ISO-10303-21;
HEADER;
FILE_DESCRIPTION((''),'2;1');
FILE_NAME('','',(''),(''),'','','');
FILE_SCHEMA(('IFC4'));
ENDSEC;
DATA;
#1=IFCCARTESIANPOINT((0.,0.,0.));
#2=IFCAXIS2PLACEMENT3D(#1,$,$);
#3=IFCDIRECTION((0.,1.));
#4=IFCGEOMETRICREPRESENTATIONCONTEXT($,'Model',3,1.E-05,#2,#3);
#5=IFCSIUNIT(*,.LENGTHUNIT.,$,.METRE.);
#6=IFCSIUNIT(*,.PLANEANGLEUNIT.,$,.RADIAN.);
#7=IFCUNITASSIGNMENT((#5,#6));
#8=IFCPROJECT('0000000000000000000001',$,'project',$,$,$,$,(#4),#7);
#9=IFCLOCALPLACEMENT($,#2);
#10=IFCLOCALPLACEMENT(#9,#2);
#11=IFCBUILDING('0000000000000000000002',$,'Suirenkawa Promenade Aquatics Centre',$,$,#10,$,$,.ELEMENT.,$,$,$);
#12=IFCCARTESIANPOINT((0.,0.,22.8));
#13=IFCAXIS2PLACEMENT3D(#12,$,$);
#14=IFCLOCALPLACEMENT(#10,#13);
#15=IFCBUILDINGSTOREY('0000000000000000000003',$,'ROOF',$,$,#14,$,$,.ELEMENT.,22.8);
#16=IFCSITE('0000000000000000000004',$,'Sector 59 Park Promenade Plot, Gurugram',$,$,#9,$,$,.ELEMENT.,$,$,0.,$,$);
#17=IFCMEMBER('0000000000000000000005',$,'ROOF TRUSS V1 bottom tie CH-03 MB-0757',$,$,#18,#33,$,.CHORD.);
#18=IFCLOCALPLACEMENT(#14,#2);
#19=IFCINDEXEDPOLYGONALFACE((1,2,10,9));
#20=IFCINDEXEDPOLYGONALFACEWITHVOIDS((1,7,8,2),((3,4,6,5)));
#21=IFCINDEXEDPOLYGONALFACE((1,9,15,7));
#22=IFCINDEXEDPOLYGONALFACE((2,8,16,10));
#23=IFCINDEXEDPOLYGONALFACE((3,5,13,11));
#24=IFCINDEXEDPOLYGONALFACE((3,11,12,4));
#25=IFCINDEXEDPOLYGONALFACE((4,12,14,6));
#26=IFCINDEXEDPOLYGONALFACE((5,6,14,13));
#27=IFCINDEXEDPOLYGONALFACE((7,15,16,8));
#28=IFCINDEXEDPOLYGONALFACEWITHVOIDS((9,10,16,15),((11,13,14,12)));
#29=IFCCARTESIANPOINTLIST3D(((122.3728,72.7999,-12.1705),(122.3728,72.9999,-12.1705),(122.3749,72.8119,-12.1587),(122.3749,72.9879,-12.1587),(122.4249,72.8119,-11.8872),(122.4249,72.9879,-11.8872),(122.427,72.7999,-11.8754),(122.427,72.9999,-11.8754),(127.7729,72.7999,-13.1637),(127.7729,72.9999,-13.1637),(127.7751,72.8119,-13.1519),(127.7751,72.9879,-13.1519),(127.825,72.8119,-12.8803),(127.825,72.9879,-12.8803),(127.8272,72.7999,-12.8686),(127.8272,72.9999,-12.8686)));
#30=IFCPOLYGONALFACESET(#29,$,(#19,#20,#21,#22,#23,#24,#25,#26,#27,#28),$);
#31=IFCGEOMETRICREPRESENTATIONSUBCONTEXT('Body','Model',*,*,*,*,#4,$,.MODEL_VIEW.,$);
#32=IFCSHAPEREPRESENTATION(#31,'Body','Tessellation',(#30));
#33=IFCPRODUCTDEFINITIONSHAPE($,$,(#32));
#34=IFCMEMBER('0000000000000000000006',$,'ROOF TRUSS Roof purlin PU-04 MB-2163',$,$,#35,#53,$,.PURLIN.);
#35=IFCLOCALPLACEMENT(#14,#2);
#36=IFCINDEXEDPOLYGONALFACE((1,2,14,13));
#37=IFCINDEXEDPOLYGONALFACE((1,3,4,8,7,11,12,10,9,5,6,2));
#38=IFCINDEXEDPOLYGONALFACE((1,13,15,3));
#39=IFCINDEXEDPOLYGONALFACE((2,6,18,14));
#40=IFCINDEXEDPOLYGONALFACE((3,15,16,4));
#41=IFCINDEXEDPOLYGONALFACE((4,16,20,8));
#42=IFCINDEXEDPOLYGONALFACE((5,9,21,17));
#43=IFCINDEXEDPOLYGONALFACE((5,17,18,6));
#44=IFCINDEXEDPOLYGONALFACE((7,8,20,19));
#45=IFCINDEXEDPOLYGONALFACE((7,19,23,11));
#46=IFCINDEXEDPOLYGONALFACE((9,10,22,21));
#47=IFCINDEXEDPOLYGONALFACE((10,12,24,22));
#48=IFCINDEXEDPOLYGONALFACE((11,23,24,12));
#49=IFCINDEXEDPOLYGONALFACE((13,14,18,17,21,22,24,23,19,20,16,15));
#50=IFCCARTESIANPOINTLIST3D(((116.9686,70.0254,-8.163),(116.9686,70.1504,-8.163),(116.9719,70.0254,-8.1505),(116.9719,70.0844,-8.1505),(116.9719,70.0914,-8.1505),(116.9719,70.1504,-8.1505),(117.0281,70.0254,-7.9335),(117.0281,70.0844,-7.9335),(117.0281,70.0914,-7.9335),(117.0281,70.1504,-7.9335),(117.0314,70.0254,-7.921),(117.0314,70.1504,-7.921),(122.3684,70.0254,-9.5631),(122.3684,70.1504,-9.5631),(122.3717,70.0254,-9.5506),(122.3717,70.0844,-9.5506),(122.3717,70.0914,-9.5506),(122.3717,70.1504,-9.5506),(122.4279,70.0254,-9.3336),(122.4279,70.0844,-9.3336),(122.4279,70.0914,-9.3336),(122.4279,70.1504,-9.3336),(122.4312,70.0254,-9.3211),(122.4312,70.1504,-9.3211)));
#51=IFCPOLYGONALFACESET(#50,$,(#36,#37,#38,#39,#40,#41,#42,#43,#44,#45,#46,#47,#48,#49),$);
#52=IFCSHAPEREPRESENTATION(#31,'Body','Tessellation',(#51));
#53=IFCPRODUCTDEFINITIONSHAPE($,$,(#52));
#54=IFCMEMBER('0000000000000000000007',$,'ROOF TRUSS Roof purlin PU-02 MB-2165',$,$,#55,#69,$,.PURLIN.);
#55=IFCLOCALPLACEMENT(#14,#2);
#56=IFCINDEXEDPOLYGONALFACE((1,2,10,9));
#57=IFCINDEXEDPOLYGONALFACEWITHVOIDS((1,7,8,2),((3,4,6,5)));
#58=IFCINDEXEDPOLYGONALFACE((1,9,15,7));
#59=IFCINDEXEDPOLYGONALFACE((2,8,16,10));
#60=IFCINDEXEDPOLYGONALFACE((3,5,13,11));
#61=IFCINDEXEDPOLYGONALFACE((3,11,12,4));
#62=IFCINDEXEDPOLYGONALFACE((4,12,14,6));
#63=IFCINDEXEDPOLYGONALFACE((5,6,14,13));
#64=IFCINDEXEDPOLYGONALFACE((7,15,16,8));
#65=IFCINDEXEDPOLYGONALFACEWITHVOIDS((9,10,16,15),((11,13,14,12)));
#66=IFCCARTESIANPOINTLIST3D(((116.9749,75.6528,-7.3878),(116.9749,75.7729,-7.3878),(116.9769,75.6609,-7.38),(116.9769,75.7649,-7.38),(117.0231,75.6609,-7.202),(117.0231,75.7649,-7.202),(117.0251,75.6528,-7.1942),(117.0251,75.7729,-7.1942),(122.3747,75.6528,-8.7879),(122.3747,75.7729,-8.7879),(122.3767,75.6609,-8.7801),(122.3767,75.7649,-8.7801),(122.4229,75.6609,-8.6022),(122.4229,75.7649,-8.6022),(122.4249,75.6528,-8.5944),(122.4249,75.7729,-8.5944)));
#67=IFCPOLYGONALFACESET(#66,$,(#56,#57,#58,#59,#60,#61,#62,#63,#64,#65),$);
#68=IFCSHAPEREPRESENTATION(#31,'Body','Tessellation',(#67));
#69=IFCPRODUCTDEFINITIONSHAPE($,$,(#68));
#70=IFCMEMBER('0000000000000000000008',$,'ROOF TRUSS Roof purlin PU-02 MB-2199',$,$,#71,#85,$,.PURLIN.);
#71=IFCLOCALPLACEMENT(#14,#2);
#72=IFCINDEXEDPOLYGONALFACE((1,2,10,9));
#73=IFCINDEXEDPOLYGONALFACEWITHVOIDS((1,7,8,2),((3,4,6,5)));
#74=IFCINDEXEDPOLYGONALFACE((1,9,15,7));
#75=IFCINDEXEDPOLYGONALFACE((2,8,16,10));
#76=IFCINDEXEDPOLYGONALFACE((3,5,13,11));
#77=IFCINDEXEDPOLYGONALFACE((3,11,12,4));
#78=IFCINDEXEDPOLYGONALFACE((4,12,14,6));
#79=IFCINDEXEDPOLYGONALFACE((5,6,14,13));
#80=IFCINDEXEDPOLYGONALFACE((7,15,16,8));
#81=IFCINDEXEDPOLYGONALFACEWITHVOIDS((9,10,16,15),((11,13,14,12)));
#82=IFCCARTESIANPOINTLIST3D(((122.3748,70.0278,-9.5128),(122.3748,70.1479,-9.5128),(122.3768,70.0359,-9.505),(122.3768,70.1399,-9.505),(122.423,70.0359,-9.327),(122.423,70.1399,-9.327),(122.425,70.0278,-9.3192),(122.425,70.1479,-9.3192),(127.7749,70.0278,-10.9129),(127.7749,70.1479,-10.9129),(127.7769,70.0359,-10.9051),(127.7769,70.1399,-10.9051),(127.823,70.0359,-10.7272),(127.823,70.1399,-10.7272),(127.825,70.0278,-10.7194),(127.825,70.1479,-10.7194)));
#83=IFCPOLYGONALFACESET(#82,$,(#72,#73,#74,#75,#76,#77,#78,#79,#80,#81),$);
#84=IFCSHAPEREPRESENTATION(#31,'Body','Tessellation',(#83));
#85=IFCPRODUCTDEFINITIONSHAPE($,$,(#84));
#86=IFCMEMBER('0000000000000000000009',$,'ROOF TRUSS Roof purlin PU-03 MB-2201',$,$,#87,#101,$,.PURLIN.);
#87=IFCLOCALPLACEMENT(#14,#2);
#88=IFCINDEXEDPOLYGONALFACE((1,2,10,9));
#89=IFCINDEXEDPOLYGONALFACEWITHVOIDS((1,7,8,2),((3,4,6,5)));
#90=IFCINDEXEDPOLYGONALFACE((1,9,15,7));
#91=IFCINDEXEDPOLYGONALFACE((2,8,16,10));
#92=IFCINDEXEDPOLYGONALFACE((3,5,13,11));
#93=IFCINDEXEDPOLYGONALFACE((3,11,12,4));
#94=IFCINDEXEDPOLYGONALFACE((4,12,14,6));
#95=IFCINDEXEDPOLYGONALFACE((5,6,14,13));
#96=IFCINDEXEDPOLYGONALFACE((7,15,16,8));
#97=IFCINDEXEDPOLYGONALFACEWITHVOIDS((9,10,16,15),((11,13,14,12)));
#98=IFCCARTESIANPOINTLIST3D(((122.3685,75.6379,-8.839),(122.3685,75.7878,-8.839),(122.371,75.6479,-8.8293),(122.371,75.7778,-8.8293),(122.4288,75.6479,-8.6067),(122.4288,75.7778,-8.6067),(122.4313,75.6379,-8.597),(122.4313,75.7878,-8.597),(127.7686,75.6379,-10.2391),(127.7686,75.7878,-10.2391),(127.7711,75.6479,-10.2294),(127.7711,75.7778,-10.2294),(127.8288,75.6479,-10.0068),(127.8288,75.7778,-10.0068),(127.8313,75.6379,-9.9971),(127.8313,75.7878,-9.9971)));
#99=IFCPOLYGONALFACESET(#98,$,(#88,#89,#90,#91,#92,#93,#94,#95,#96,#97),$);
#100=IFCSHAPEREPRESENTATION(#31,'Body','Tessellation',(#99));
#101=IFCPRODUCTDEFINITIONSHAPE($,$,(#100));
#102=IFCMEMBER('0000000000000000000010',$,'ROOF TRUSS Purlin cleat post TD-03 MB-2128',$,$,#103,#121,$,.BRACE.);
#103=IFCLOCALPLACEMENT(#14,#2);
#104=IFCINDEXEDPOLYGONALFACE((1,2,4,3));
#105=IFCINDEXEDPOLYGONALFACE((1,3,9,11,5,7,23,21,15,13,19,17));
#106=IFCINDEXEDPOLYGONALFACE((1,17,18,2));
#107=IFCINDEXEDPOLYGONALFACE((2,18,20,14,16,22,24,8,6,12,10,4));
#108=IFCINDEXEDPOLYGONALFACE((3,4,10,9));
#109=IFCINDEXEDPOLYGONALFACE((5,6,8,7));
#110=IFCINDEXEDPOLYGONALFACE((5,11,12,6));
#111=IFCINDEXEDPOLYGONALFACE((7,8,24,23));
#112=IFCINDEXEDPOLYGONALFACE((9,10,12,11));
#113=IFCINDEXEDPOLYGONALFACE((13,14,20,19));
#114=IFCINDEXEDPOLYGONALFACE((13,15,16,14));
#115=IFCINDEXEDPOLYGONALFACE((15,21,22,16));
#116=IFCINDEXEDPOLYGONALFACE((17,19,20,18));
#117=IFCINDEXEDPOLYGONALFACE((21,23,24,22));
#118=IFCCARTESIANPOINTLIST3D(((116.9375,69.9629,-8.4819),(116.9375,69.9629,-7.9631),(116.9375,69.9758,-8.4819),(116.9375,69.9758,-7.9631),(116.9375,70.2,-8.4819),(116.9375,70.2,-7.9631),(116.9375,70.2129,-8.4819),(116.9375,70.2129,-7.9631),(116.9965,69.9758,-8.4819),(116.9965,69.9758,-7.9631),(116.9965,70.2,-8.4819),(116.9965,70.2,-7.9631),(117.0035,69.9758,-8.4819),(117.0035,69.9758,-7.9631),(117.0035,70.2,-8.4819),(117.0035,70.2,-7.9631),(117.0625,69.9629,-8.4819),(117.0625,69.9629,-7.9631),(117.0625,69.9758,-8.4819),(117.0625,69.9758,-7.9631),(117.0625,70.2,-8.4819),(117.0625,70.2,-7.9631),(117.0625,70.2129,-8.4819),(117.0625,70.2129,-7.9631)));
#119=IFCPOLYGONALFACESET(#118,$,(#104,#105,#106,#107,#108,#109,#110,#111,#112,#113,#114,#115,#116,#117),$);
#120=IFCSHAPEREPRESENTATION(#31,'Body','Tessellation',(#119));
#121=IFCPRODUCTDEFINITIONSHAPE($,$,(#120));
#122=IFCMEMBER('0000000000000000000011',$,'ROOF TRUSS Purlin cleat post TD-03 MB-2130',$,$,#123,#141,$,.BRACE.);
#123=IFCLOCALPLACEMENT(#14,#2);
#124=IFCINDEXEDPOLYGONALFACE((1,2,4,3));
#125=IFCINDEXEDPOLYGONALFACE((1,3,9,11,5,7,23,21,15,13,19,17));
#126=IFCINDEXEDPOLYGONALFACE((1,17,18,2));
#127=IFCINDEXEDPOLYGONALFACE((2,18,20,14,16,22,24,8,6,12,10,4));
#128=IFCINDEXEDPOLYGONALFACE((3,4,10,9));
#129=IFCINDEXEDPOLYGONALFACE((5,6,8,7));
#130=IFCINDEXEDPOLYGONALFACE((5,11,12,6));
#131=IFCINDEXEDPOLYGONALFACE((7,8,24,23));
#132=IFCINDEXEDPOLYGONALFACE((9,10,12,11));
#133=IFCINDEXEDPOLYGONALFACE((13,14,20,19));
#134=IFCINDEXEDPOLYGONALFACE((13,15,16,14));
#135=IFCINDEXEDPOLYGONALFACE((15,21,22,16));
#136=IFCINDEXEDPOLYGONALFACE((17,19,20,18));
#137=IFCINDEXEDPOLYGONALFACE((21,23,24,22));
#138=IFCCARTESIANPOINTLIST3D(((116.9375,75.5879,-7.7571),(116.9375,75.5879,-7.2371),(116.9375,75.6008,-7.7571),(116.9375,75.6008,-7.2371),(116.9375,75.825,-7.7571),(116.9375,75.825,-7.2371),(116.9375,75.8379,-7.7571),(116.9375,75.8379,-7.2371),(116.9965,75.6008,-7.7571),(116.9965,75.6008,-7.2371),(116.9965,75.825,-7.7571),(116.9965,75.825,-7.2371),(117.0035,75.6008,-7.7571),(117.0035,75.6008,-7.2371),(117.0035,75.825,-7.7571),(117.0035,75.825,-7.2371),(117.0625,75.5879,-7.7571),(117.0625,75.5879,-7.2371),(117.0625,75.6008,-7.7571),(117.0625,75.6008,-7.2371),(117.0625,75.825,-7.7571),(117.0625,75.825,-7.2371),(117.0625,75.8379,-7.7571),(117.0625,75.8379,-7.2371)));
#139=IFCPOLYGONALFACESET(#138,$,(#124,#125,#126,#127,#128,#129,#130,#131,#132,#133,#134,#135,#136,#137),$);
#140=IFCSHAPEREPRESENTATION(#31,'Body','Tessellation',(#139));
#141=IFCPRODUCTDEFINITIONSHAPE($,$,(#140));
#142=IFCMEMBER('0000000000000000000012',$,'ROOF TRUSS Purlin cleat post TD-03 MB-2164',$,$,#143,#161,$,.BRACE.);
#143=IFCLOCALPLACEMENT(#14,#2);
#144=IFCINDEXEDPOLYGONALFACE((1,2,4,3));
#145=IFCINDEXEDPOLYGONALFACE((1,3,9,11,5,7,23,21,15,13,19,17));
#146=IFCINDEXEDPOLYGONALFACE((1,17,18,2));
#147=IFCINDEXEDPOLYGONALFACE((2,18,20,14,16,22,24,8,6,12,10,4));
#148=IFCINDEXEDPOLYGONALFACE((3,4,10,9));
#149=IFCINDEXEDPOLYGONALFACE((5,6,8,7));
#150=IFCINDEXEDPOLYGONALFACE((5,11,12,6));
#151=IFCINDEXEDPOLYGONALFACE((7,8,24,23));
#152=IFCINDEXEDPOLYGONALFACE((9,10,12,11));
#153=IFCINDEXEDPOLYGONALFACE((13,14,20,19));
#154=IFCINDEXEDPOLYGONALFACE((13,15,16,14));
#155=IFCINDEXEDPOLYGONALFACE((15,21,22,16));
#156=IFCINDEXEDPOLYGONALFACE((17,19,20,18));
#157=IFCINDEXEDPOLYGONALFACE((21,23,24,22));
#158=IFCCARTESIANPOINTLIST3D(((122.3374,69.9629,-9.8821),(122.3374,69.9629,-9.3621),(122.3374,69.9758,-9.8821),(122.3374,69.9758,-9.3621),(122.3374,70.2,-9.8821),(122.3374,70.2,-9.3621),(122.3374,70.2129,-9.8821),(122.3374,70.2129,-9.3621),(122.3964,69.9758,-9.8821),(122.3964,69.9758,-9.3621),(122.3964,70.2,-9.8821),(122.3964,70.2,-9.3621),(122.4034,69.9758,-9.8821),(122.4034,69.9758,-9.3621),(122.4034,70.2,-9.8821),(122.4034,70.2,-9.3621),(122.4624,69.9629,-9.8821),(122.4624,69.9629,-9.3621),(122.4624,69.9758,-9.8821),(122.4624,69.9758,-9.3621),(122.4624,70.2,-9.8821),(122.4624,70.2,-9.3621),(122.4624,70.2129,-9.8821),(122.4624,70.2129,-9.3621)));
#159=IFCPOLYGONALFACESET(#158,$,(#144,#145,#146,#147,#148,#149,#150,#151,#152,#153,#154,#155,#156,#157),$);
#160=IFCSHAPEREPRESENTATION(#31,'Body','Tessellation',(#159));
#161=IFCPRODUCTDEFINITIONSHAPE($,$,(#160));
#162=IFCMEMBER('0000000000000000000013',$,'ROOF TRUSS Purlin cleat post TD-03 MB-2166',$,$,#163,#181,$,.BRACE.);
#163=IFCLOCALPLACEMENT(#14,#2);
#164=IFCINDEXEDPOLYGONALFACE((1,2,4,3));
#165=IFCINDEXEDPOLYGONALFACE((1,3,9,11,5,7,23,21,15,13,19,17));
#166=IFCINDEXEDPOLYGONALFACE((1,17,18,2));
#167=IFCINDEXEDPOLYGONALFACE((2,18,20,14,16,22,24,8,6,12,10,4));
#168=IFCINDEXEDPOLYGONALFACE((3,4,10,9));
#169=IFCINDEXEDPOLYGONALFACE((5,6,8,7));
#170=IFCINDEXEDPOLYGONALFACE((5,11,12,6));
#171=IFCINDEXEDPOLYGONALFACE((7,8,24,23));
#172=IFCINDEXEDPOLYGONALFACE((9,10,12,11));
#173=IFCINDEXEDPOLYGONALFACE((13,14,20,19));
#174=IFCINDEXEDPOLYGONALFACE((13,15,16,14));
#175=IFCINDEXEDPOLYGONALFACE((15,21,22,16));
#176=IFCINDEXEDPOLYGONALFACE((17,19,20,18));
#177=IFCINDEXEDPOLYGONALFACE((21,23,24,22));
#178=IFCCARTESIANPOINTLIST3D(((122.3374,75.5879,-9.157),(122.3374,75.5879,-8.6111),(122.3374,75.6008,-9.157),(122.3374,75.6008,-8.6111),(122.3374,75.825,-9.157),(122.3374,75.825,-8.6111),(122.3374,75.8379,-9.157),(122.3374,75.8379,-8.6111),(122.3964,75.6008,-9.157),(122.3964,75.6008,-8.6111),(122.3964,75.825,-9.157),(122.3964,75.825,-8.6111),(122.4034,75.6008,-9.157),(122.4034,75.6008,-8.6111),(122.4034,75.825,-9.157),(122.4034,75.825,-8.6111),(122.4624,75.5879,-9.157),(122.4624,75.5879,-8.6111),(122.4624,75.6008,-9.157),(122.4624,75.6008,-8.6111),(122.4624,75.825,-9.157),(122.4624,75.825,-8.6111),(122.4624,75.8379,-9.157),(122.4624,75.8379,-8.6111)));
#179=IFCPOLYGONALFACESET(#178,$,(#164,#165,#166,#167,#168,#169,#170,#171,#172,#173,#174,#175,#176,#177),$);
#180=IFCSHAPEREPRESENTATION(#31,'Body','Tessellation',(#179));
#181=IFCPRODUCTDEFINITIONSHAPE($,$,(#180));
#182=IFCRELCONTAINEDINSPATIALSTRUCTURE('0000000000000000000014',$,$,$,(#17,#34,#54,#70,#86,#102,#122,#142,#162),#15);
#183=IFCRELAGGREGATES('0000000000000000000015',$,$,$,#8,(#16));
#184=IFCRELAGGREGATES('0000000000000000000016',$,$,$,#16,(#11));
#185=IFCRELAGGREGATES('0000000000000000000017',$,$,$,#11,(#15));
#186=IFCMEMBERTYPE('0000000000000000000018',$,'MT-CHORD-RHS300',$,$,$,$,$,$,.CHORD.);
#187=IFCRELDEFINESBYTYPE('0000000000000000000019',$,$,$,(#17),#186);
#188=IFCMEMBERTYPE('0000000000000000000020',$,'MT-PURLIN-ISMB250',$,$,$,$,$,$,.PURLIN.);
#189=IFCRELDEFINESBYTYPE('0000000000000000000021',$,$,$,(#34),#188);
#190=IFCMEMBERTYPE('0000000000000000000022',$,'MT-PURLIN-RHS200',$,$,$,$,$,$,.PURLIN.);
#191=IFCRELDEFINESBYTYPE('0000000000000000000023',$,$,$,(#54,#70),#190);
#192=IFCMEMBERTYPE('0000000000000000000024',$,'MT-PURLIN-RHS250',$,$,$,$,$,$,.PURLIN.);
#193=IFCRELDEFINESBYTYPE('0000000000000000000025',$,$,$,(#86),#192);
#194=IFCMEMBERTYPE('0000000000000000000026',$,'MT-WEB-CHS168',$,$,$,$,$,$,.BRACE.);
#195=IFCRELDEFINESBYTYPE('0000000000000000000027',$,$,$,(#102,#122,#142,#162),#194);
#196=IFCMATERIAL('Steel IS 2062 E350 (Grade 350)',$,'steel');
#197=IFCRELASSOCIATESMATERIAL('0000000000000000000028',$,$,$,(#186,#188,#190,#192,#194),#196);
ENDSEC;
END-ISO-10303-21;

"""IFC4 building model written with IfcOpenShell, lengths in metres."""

from ifc_helpers import new_model, si_unit, direction, frame, origin, origin_2d, place, context, subcontext, project, spatial, hollow_rectangle, i_section, extrude, material, material_profile, profile_set, type_object, element, save


model = new_model("IFC4")

# Units and contexts
model_context = context("Model", 3, precision=1e-05, world=origin(), true_north=direction((0.0, 1.0)))
body_context = subcontext(model_context, "Body", "Model", "MODEL_VIEW")
ifc_project = project(units=[si_unit("LENGTHUNIT", "METRE"), si_unit("PLANEANGLEUNIT", "RADIAN")], contexts=[model_context])

# Site, building, storey
site_placement = place(None, origin())
site = spatial("IfcSite", under=ifc_project, at=site_placement, Name="Sector 59 Park Promenade Plot, Gurugram", CompositionType="ELEMENT", RefElevation=0.0)
building_placement = place(site_placement, origin())
building = spatial("IfcBuilding", under=site, at=building_placement, Name="Suirenkawa Promenade Aquatics Centre", CompositionType="ELEMENT")
storey_placement = place(building_placement, frame((0.0, 0.0, 22.8)))
storey = spatial("IfcBuildingStorey", under=building, at=storey_placement, Name="ROOF", CompositionType="ELEMENT", Elevation=22.8)

# Shared definitions
ifc_material = material(Name="Steel IS 2062 E350 (Grade 350)", Category="steel")

# Members
ifc_material_profile_1 = material_profile(ifc_material, hollow_rectangle(XDim=0.2, YDim=0.3, WallThickness=0.012, at=origin_2d()), Name="RHS 300x200x12", Category="steel")
ifc_profile_set_1 = profile_set([ifc_material_profile_1], Name="Steel IS 2062 E350 (Grade 350)")
member_type_1 = type_object("IfcMemberType", Name="MT-CHORD-RHS300", PredefinedType="CHORD", material=ifc_profile_set_1)
member_1_placement = place(storey_placement, frame((122.3999, 72.8999, -12.0229), z_axis=(0.983505, 0.0, -0.180881), x_axis=(0.0, 1.0, 0.0)))
element("IfcMember", 1, at=member_1_placement, inside=storey, type_object=member_type_1, Name="ROOF TRUSS V1 bottom tie CH-03 MB-0757", PredefinedType="CHORD", context=body_context, shape_type="SweptSolid", body=[
    extrude(hollow_rectangle(XDim=0.2, YDim=0.3, WallThickness=0.012, at=origin_2d()), origin(), (0.0, 0.0, 1.0), 5.4907),
])
ifc_material_profile_2 = material_profile(ifc_material, i_section(OverallWidth=0.125, OverallDepth=0.25, WebThickness=0.0071, FlangeThickness=0.0129, at=origin_2d()), Name="ISMB 250", Category="steel")
ifc_profile_set_2 = profile_set([ifc_material_profile_2], Name="Steel IS 2062 E350 (Grade 350)")
member_type_2 = type_object("IfcMemberType", Name="MT-PURLIN-ISMB250", PredefinedType="PURLIN", material=ifc_profile_set_2)
member_2_placement = place(storey_placement, frame((117.0, 70.0879, -8.042), z_axis=(0.967989, 0.0, -0.250991), x_axis=(0.0, 1.0, 0.0)))
element("IfcMember", 2, at=member_2_placement, inside=storey, type_object=member_type_2, Name="ROOF TRUSS Roof purlin PU-04 MB-2163", PredefinedType="PURLIN", context=body_context, shape_type="SweptSolid", body=[
    extrude(i_section(OverallWidth=0.125, OverallDepth=0.25, WebThickness=0.0071, FlangeThickness=0.0129, at=origin_2d()), origin(), (0.0, 0.0, 1.0), 5.5784),
])
ifc_material_profile_3 = material_profile(ifc_material, hollow_rectangle(XDim=0.1201, YDim=0.2, WallThickness=0.0081, at=origin_2d()), Name="RHS 200x120x8", Category="steel")
ifc_profile_set_3 = profile_set([ifc_material_profile_3], Name="Steel IS 2062 E350 (Grade 350)")
member_type_3 = type_object("IfcMemberType", Name="MT-PURLIN-RHS200", PredefinedType="PURLIN", material=ifc_profile_set_3)
member_3_placement = place(storey_placement, frame((117.0, 75.7129, -7.291), z_axis=(0.967989, 0.0, -0.250991), x_axis=(0.0, 1.0, 0.0)))
element("IfcMember", 3, at=member_3_placement, inside=storey, type_object=member_type_3, Name="ROOF TRUSS Roof purlin PU-02 MB-2165", PredefinedType="PURLIN", context=body_context, shape_type="SweptSolid", body=[
    extrude(hollow_rectangle(XDim=0.1201, YDim=0.2, WallThickness=0.0081, at=origin_2d()), origin(), (0.0, 0.0, 1.0), 5.5784),
])
member_4_placement = place(storey_placement, frame((122.3999, 70.0879, -9.416), z_axis=(0.967992, 0.0, -0.25098), x_axis=(0.0, 1.0, 0.0)))
element("IfcMember", 4, at=member_4_placement, inside=storey, type_object=member_type_3, Name="ROOF TRUSS Roof purlin PU-02 MB-2199", PredefinedType="PURLIN", context=body_context, shape_type="SweptSolid", body=[
    extrude(hollow_rectangle(XDim=0.1201, YDim=0.2, WallThickness=0.0081, at=origin_2d()), origin(), (0.0, 0.0, 1.0), 5.5786),
])
ifc_material_profile_4 = material_profile(ifc_material, hollow_rectangle(XDim=0.1499, YDim=0.25, WallThickness=0.01, at=origin_2d()), Name="RHS 250x150x10", Category="steel")
ifc_profile_set_4 = profile_set([ifc_material_profile_4], Name="Steel IS 2062 E350 (Grade 350)")
member_type_4 = type_object("IfcMemberType", Name="MT-PURLIN-RHS250", PredefinedType="PURLIN", material=ifc_profile_set_4)
member_5_placement = place(storey_placement, frame((122.3999, 75.7129, -8.718), z_axis=(0.967992, 0.0, -0.25098), x_axis=(0.0, 1.0, 0.0)))
element("IfcMember", 5, at=member_5_placement, inside=storey, type_object=member_type_4, Name="ROOF TRUSS Roof purlin PU-03 MB-2201", PredefinedType="PURLIN", context=body_context, shape_type="SweptSolid", body=[
    extrude(hollow_rectangle(XDim=0.1499, YDim=0.25, WallThickness=0.01, at=origin_2d()), origin(), (0.0, 0.0, 1.0), 5.5786),
])
ifc_material_profile_5 = material_profile(ifc_material, i_section(OverallWidth=0.125, OverallDepth=0.25, WebThickness=0.0071, FlangeThickness=0.0129, at=origin_2d()), Name="ISMB 250", Category="steel")
ifc_profile_set_5 = profile_set([ifc_material_profile_5], Name="Steel IS 2062 E350 (Grade 350)")
member_type_5 = type_object("IfcMemberType", Name="MT-WEB-CHS168", PredefinedType="BRACE", material=ifc_profile_set_5)
member_6_placement = place(storey_placement, frame((117.0, 70.0879, -8.4819), z_axis=(0.0, 0.0, 1.0), x_axis=(1.0, 0.0, 0.0)))
element("IfcMember", 6, at=member_6_placement, inside=storey, type_object=member_type_5, Name="ROOF TRUSS Purlin cleat post TD-03 MB-2128", PredefinedType="BRACE", context=body_context, shape_type="SweptSolid", body=[
    extrude(i_section(OverallWidth=0.125, OverallDepth=0.25, WebThickness=0.0071, FlangeThickness=0.0129, at=origin_2d()), origin(), (0.0, 0.0, 1.0), 0.5188),
])
for number, where, z_axis, x_axis, name in (
    (7, (117.0, 75.7129, -7.7571), (0.0, 0.0, 1.0), (1.0, 0.0, 0.0), "ROOF TRUSS Purlin cleat post TD-03 MB-2130"),
    (8, (122.3999, 70.0879, -9.8821), (0.0, 0.0, 1.0), (1.0, 0.0, 0.0), "ROOF TRUSS Purlin cleat post TD-03 MB-2164"),
):
    element("IfcMember", number, at=place(storey_placement, frame(where, z_axis=z_axis, x_axis=x_axis)), inside=storey, type_object=member_type_5, Name=name, PredefinedType="BRACE", context=body_context, shape_type="SweptSolid", body=[
        extrude(i_section(OverallWidth=0.125, OverallDepth=0.25, WebThickness=0.0071, FlangeThickness=0.0129, at=origin_2d()), origin(), (0.0, 0.0, 1.0), 0.52),
    ])
for number, where, z_axis, x_axis, name in (
    (9, (122.3999, 75.7129, -9.157), (0.0, 0.0, 1.0), (1.0, 0.0, 0.0), "ROOF TRUSS Purlin cleat post TD-03 MB-2166"),
):
    element("IfcMember", number, at=place(storey_placement, frame(where, z_axis=z_axis, x_axis=x_axis)), inside=storey, type_object=member_type_5, Name=name, PredefinedType="BRACE", context=body_context, shape_type="SweptSolid", body=[
        extrude(i_section(OverallWidth=0.125, OverallDepth=0.25, WebThickness=0.0071, FlangeThickness=0.0129, at=origin_2d()), origin(), (0.0, 0.0, 1.0), 0.5459),
    ])

save(model, "model.ifc")
